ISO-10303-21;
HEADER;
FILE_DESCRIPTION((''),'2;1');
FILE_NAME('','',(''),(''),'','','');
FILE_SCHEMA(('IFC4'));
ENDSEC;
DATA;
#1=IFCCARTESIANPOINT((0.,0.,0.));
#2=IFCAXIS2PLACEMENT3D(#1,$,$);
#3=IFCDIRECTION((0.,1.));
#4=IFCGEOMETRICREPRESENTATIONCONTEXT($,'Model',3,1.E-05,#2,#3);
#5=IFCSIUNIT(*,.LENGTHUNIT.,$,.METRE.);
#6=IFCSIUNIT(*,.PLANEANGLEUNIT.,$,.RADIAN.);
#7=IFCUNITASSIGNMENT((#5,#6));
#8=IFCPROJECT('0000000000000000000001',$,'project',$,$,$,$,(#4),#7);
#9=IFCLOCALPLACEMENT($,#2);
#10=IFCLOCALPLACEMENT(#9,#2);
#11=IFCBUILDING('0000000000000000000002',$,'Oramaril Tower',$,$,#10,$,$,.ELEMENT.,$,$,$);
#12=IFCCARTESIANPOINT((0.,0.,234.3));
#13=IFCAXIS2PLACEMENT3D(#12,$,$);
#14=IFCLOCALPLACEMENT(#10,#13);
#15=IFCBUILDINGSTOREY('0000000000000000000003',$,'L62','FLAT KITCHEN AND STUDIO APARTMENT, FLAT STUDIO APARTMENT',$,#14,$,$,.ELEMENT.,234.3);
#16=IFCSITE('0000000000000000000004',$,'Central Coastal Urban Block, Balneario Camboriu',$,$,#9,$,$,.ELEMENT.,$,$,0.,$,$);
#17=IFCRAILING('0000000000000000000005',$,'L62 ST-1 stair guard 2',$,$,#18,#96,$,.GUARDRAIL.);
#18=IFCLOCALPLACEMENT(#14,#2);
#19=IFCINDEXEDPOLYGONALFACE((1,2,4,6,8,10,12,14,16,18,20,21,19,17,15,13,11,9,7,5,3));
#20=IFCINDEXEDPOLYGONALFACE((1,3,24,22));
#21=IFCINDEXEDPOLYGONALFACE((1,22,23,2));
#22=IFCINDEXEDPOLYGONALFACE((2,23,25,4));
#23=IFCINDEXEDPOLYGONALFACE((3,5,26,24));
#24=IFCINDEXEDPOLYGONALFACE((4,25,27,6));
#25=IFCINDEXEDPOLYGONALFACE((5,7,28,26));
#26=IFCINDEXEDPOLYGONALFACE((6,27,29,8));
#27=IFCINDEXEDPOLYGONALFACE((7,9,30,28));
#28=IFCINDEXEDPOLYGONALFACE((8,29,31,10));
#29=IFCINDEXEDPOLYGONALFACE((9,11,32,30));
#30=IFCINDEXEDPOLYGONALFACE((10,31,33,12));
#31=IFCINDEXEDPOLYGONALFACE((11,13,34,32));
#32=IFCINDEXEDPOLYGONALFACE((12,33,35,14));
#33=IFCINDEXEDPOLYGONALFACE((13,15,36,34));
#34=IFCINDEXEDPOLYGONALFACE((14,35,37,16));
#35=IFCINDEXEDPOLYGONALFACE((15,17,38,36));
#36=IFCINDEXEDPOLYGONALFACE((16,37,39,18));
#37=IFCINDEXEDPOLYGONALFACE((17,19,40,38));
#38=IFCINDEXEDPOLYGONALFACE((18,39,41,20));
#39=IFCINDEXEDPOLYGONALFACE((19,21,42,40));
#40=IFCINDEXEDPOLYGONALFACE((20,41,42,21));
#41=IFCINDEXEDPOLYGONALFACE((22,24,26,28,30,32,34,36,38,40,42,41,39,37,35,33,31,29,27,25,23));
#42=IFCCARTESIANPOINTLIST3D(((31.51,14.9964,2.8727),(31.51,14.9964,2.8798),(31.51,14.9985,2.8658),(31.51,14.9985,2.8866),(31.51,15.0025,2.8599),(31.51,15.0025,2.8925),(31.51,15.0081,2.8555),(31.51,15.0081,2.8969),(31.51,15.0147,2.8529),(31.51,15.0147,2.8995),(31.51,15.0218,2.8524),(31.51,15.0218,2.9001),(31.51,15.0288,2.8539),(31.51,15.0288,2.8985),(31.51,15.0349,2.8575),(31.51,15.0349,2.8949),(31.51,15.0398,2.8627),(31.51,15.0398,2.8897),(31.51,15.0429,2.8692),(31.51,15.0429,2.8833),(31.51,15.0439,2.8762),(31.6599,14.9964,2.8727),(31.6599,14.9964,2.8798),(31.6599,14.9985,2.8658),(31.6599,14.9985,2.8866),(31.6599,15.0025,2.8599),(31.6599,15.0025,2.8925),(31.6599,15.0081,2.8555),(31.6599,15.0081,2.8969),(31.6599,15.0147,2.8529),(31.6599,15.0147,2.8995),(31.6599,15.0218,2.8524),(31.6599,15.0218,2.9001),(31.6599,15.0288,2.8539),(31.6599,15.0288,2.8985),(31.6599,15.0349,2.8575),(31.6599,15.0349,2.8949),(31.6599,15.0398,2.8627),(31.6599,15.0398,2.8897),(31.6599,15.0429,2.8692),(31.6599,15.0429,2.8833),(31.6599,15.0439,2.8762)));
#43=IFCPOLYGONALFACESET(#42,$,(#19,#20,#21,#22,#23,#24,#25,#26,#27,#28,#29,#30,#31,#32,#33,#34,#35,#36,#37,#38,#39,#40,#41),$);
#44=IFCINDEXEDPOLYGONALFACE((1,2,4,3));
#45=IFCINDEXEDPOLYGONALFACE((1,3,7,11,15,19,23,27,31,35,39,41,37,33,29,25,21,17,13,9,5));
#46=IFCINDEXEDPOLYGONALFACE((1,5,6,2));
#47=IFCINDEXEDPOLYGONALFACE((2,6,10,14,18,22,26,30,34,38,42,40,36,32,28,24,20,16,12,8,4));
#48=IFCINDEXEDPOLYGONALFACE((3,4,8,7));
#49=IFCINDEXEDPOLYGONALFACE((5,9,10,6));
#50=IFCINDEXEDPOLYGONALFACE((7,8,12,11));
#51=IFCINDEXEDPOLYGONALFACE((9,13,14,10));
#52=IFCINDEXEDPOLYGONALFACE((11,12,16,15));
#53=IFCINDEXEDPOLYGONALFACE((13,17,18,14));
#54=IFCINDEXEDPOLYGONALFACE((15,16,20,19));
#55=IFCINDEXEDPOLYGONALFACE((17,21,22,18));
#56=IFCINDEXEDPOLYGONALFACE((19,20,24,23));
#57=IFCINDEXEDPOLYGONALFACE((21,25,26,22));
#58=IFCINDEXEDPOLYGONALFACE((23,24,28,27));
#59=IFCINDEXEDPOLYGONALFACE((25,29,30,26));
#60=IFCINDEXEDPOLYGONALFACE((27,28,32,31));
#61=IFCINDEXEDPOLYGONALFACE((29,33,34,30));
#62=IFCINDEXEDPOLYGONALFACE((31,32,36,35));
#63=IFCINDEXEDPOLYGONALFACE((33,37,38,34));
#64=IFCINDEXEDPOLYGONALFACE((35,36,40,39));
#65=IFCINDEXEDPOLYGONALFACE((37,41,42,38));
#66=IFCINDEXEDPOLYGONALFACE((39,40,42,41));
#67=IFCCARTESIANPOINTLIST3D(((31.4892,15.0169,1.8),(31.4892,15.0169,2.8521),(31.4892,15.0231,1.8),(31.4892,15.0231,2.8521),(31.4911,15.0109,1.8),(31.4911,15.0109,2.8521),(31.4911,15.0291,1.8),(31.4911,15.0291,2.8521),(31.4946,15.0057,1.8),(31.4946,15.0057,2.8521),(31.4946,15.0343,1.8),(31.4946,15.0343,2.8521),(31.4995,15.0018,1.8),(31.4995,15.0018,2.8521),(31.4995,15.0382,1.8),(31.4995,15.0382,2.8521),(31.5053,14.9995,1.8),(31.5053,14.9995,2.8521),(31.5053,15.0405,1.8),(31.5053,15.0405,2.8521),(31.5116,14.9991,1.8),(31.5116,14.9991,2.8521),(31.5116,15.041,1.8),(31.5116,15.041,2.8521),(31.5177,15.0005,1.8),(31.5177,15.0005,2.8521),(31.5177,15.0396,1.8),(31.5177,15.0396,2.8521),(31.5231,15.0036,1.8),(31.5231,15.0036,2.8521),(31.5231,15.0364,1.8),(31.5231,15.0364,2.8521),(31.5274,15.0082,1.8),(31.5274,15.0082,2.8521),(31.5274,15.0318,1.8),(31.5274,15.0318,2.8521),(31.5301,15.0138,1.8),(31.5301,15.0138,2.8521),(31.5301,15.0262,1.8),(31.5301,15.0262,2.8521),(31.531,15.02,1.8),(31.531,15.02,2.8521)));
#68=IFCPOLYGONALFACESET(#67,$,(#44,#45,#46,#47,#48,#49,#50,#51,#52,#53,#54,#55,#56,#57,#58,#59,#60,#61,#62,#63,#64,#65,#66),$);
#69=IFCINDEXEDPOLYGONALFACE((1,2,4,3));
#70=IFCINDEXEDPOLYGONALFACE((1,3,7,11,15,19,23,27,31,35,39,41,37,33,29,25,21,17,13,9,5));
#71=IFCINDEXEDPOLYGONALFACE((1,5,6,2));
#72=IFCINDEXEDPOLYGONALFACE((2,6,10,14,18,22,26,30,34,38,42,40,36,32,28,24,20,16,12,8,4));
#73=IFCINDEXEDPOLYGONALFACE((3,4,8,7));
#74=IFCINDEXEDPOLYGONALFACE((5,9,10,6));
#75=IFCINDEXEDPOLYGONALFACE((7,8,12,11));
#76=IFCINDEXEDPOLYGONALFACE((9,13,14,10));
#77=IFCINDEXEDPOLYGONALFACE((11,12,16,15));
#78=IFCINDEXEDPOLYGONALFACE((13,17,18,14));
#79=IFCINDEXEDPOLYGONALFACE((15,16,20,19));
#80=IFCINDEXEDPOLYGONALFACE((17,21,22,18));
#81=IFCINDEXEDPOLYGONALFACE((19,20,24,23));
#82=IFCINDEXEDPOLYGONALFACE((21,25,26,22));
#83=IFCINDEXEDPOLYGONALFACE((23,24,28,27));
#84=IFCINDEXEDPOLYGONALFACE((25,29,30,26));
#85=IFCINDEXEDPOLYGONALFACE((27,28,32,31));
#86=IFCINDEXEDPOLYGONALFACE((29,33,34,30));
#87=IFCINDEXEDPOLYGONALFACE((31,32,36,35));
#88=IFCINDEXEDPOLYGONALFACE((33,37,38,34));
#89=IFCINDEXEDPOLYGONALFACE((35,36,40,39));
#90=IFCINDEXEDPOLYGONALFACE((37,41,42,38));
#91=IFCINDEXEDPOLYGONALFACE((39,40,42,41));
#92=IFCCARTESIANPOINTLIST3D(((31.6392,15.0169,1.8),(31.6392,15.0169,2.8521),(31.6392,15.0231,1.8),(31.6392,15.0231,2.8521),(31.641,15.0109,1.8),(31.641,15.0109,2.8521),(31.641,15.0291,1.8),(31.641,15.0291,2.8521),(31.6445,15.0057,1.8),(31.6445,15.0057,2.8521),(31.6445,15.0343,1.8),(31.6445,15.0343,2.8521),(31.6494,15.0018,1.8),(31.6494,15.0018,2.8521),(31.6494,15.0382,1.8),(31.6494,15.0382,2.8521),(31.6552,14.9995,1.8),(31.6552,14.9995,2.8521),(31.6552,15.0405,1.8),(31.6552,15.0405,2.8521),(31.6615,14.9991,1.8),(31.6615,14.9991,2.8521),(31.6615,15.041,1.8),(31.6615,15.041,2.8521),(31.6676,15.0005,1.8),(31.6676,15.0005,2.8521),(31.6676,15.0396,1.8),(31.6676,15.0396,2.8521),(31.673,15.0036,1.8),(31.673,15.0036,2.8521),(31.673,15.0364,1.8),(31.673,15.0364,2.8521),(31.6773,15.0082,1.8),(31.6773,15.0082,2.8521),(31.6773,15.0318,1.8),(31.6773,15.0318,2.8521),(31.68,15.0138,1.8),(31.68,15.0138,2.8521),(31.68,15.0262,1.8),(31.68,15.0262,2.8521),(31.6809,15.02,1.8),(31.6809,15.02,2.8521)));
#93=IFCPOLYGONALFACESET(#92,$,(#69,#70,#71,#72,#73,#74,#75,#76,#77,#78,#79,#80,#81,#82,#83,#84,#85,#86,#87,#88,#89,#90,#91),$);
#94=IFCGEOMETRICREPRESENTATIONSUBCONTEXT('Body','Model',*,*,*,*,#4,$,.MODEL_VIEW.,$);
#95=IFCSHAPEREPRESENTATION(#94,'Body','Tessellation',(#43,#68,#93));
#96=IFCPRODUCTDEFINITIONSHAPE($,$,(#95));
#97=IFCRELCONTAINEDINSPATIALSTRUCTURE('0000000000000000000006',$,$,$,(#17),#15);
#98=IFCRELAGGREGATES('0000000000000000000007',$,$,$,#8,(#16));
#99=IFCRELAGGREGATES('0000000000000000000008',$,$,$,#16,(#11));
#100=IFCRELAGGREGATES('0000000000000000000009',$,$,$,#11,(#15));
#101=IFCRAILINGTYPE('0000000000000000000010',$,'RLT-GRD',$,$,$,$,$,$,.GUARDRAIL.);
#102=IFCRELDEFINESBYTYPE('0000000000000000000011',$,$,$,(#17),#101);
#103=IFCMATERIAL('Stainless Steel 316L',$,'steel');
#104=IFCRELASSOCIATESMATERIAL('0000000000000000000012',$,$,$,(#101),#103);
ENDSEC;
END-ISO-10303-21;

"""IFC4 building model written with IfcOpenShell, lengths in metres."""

from ifc_helpers import new_model, si_unit, direction, frame, origin, origin_2d, place, context, subcontext, project, spatial, circle, extrude, material, type_object, element, save


model = new_model("IFC4")

# Units and contexts
model_context = context("Model", 3, precision=1e-05, world=origin(), true_north=direction((0.0, 1.0)))
body_context = subcontext(model_context, "Body", "Model", "MODEL_VIEW")
ifc_project = project(units=[si_unit("LENGTHUNIT", "METRE"), si_unit("PLANEANGLEUNIT", "RADIAN")], contexts=[model_context])

# Site, building, storey
site_placement = place(None, origin())
site = spatial("IfcSite", under=ifc_project, at=site_placement, Name="Central Coastal Urban Block, Balneario Camboriu", CompositionType="ELEMENT", RefElevation=0.0)
building_placement = place(site_placement, origin())
building = spatial("IfcBuilding", under=site, at=building_placement, Name="Oramaril Tower", CompositionType="ELEMENT")
storey_placement = place(building_placement, frame((0.0, 0.0, 234.3)))
storey = spatial("IfcBuildingStorey", under=building, at=storey_placement, Name="L62", Description="FLAT KITCHEN AND STUDIO APARTMENT, FLAT STUDIO APARTMENT", CompositionType="ELEMENT", Elevation=234.3)

# Railing
ifc_material_1 = material(Name="Stainless Steel 316L", Category="steel")
railing_type_1 = type_object("IfcRailingType", Name="RLT-GRD", PredefinedType="GUARDRAIL", material=ifc_material_1)
railing_1_placement = place(storey_placement, frame((31.51, 15.02, 1.8)))
element("IfcRailing", 1, at=railing_1_placement, inside=storey, type_object=railing_type_1, Name="L62 ST-1 stair guard 2", PredefinedType="GUARDRAIL", context=body_context, shape_type="SweptSolid", body=[
    extrude(circle(Radius=0.0239, at=origin_2d()), frame((0.0, 0.0, 1.0762), z_axis=(1.0, 0.0, 0.0), x_axis=(0.0, 1.0, 0.0)), (0.0, 0.0, 1.0), 0.1499),
    extrude(circle(Radius=0.021, at=origin_2d()), origin(), (0.0, 0.0, 1.0), 1.052),
    extrude(circle(Radius=0.021, at=origin_2d()), frame((0.1499, 0.0, 0.0)), (0.0, 0.0, 1.0), 1.052),
])

save(model, "model.ifc")
